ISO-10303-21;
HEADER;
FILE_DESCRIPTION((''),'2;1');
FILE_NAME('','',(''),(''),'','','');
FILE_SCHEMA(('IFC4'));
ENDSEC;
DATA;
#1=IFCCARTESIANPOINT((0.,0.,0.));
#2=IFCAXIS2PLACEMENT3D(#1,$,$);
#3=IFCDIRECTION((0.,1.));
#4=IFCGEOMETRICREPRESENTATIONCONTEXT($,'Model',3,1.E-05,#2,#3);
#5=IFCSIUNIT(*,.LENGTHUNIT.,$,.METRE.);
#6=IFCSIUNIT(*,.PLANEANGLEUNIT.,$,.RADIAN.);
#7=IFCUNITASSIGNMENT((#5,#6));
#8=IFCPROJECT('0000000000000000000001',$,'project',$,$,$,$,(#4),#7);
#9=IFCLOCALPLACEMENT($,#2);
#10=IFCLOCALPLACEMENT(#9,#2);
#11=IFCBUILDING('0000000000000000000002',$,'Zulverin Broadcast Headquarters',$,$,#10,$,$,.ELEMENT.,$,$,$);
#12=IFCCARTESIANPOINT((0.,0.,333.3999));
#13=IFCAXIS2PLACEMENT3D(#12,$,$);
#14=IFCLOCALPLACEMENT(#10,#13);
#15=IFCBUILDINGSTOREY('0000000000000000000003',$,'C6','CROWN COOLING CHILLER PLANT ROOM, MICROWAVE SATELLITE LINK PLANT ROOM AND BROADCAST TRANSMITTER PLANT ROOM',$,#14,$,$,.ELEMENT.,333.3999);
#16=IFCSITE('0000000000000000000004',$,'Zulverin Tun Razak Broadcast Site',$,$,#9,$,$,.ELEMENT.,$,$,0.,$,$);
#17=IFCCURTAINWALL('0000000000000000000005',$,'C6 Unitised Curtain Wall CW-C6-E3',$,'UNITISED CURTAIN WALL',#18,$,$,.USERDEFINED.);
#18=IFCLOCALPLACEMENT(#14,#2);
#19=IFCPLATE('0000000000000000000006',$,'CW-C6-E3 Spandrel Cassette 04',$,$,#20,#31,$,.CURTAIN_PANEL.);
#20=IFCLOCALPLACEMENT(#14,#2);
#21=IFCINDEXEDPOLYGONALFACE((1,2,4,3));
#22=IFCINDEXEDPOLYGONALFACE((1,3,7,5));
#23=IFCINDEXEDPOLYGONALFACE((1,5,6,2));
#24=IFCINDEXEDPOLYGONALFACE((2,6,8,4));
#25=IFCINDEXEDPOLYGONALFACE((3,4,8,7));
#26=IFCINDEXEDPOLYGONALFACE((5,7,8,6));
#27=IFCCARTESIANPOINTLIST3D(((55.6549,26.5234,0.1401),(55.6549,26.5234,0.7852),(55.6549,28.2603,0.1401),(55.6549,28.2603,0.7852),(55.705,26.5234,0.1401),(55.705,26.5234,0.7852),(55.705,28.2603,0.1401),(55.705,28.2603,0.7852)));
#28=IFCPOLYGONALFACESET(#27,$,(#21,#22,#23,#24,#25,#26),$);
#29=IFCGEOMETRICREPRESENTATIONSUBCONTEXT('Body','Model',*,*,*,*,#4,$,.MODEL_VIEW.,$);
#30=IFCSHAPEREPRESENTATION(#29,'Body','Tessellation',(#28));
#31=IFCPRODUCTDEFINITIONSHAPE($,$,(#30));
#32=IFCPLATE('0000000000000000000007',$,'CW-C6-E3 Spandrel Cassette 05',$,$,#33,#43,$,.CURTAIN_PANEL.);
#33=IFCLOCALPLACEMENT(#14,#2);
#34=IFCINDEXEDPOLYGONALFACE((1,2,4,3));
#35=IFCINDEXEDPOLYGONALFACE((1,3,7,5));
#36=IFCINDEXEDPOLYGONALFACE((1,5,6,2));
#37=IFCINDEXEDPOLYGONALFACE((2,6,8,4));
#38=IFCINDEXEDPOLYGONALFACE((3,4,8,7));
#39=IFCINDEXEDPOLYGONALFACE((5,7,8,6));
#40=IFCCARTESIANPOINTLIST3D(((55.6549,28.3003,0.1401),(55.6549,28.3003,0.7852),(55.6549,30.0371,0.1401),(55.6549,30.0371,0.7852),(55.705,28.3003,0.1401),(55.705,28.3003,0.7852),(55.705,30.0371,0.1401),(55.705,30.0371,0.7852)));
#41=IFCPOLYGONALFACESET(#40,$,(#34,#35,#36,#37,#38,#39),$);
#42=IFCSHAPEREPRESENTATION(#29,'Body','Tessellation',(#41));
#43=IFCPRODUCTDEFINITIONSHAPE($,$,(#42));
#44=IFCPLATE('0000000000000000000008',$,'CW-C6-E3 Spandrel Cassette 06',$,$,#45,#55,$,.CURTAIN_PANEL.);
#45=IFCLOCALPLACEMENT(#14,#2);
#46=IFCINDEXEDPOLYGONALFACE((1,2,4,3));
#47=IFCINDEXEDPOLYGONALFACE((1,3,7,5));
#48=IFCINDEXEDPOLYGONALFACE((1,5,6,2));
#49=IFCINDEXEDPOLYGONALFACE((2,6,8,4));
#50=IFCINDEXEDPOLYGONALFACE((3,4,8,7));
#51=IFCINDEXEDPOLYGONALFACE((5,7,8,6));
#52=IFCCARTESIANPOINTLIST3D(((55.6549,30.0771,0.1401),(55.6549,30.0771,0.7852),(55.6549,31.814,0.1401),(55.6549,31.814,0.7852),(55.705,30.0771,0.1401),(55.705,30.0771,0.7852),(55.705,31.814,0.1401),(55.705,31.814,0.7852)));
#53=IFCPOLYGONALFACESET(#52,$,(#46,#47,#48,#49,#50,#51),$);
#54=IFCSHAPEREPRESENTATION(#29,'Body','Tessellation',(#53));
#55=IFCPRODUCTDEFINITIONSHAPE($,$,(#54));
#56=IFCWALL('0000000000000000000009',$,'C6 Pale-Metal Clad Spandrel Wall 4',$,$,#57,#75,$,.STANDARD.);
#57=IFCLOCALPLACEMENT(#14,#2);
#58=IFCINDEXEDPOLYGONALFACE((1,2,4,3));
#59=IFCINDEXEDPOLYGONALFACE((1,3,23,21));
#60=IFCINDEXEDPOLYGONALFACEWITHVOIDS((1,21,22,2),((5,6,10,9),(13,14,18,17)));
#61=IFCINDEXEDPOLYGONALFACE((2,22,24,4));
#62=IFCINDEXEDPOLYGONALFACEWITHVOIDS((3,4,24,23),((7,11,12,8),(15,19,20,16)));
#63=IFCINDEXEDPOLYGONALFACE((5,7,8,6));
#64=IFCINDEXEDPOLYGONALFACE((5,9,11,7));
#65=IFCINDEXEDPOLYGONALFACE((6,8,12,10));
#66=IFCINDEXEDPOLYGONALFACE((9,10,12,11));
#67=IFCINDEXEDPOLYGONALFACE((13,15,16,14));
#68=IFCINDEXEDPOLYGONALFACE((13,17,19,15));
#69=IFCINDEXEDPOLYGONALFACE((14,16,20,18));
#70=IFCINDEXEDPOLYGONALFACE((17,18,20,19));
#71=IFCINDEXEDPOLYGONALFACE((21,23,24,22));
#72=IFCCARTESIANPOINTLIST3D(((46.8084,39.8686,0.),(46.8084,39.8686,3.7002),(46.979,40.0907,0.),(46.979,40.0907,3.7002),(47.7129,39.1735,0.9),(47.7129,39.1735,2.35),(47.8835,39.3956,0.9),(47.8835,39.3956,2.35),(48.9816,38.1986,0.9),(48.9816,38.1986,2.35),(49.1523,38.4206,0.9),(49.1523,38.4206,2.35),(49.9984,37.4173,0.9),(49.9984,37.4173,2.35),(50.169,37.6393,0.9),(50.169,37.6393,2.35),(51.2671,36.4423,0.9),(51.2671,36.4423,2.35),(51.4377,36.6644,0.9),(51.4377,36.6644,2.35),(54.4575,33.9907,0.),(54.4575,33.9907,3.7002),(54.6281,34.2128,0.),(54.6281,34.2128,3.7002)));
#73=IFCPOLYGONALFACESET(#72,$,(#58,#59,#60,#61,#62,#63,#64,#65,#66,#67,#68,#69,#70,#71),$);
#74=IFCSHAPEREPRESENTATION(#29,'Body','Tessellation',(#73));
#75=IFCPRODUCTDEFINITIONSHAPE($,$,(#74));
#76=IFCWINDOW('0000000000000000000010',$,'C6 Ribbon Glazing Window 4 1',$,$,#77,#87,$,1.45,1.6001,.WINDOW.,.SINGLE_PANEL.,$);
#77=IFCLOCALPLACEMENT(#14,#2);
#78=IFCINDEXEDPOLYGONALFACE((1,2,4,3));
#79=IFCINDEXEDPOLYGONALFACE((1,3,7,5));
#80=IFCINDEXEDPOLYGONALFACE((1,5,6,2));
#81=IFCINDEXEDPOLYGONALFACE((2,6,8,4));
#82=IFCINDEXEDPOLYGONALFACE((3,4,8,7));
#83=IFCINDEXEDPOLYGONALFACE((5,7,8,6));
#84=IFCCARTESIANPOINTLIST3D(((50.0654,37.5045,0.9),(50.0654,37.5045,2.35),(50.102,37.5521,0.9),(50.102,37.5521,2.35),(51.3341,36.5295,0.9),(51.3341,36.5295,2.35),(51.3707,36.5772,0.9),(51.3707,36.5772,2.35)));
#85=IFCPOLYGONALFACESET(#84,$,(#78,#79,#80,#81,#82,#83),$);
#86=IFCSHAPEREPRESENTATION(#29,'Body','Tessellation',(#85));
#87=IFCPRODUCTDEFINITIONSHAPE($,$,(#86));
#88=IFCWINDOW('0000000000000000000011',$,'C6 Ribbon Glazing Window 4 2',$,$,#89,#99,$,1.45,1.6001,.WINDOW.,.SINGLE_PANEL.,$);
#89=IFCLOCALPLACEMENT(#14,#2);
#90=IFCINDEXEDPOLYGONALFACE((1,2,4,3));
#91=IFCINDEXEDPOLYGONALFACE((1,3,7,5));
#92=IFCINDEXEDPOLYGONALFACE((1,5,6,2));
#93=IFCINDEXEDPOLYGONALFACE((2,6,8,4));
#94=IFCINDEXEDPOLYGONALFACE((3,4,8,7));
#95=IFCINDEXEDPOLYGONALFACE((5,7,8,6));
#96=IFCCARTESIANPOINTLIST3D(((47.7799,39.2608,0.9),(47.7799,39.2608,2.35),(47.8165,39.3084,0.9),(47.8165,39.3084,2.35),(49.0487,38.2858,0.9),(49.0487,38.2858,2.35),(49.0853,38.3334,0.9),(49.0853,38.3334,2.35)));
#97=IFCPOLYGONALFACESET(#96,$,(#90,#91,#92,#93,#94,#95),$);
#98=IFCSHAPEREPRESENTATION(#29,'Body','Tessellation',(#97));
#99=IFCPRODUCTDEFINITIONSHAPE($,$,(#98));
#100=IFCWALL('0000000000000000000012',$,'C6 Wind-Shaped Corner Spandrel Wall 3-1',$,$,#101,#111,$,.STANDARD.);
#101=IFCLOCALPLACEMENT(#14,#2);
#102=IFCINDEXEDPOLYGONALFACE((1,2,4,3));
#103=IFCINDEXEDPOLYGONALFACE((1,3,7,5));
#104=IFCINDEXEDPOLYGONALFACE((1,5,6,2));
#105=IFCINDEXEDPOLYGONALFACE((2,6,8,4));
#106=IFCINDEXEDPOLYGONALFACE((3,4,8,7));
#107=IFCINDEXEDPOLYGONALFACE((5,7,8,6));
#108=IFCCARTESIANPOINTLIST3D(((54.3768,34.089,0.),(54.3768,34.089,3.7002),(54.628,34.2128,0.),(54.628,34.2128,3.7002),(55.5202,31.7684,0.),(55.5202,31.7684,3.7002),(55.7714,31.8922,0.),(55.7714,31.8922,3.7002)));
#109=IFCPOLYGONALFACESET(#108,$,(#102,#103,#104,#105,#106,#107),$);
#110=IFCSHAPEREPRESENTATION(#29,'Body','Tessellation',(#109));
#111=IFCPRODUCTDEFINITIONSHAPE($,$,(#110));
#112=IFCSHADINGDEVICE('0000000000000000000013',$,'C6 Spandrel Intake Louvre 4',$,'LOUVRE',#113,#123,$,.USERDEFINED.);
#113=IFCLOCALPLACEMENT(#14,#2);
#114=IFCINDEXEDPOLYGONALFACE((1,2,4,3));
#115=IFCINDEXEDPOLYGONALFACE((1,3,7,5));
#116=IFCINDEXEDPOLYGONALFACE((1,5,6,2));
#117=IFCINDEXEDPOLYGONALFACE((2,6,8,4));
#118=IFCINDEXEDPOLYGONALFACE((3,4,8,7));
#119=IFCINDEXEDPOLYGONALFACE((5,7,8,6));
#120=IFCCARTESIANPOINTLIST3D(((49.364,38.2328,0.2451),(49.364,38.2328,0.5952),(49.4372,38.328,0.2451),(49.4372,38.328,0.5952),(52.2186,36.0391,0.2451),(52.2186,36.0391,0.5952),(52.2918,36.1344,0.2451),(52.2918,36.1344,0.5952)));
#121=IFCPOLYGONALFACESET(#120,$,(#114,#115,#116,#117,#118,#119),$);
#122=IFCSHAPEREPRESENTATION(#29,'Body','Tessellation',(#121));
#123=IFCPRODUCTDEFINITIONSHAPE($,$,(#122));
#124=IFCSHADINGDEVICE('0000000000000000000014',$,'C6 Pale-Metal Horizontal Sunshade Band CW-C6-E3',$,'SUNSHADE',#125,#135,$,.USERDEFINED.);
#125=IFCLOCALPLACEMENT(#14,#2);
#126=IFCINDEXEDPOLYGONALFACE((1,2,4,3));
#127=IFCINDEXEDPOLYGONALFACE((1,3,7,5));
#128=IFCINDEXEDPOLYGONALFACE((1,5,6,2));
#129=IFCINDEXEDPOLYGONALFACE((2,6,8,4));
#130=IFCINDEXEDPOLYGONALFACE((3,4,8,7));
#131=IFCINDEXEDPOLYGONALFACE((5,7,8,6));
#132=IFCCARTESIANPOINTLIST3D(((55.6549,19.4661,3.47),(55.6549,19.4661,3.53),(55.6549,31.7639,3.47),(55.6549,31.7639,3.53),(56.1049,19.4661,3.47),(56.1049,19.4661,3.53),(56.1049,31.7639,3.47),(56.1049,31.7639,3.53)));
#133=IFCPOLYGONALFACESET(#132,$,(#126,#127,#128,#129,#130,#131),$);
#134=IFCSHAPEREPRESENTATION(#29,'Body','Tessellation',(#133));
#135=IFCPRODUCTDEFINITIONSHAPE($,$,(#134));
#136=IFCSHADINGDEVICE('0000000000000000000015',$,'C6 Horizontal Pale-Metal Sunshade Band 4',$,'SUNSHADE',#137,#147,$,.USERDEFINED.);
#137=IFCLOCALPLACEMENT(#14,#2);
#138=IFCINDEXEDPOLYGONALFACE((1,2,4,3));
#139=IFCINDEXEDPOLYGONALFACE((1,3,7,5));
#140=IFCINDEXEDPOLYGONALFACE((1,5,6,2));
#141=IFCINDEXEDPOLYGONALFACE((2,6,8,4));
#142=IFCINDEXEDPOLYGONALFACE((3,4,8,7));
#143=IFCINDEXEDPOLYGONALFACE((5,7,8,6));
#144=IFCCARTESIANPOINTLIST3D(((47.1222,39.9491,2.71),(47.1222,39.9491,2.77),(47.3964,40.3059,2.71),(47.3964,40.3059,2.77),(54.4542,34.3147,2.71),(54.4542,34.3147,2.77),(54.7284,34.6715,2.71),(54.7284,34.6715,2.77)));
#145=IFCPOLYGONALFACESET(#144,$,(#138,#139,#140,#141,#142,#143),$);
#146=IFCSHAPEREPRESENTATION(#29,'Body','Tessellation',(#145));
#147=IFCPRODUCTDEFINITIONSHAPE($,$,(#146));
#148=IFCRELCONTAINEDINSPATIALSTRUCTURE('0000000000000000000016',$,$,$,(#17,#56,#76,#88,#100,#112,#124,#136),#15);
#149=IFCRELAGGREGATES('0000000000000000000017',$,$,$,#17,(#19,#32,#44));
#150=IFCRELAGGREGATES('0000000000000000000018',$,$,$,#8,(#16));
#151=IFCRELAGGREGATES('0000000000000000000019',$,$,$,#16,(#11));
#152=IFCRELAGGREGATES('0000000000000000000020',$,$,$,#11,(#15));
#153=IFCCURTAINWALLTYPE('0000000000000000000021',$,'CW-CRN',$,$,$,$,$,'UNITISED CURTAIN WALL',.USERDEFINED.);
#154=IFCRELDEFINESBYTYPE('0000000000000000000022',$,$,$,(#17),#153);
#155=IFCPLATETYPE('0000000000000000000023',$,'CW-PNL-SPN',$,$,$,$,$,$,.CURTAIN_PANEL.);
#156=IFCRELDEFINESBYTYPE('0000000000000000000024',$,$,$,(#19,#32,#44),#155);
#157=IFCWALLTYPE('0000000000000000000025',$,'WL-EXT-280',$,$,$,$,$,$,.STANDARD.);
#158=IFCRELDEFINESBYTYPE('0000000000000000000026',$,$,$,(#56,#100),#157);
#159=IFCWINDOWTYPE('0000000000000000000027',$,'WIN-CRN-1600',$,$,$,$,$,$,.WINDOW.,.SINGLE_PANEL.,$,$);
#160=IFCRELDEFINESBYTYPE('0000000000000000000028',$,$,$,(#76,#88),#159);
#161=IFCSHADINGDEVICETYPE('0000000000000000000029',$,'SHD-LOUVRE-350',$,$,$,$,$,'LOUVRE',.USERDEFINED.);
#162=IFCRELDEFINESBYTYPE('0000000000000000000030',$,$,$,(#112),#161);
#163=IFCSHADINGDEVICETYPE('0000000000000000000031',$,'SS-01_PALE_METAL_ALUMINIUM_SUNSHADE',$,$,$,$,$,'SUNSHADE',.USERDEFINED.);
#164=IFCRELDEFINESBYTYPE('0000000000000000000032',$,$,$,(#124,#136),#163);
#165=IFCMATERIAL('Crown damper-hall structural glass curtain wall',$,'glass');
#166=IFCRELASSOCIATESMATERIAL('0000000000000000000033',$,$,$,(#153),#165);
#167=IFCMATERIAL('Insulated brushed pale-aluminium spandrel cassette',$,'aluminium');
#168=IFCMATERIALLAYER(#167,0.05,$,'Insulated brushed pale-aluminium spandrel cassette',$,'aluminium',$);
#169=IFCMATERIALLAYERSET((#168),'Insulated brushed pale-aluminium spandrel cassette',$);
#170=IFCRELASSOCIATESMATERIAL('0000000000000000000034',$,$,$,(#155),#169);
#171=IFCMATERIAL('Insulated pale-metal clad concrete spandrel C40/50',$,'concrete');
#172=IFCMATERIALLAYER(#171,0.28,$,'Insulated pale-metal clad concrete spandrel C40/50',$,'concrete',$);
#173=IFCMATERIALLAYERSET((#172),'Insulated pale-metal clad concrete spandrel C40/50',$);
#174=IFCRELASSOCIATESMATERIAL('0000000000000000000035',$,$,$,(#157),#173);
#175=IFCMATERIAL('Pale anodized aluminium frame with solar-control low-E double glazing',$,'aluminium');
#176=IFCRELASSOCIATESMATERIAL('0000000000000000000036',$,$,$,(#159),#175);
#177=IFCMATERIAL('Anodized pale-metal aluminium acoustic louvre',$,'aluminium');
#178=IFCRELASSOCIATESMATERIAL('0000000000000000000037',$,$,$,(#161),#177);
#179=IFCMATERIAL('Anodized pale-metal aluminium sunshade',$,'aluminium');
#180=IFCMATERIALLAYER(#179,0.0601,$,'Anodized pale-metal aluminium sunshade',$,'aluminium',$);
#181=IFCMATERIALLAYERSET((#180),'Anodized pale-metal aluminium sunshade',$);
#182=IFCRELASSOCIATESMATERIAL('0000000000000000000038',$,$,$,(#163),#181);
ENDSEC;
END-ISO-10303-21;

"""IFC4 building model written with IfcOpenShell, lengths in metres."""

from ifc_helpers import new_model, si_unit, direction, frame, frame_2d, origin, origin_2d, place, context, subcontext, project, spatial, rectangle, extrude, material, layer, layer_set, type_object, element, fill, aggregate, save


model = new_model("IFC4")

# Units and contexts
model_context = context("Model", 3, precision=1e-05, world=origin(), true_north=direction((0.0, 1.0)))
body_context = subcontext(model_context, "Body", "Model", "MODEL_VIEW")
ifc_project = project(units=[si_unit("LENGTHUNIT", "METRE"), si_unit("PLANEANGLEUNIT", "RADIAN")], contexts=[model_context])

# Site, building, storey
site_placement = place(None, origin())
site = spatial("IfcSite", under=ifc_project, at=site_placement, Name="Zulverin Tun Razak Broadcast Site", CompositionType="ELEMENT", RefElevation=0.0)
building_placement = place(site_placement, origin())
building = spatial("IfcBuilding", under=site, at=building_placement, Name="Zulverin Broadcast Headquarters", CompositionType="ELEMENT")
storey_placement = place(building_placement, frame((0.0, 0.0, 333.3999)))
storey = spatial("IfcBuildingStorey", under=building, at=storey_placement, Name="C6", Description="CROWN COOLING CHILLER PLANT ROOM, MICROWAVE SATELLITE LINK PLANT ROOM AND BROADCAST TRANSMITTER PLANT ROOM", CompositionType="ELEMENT", Elevation=333.3999)

# Curtain wall, plates
ifc_material_1 = material(Name="Crown damper-hall structural glass curtain wall", Category="glass")
curtain_wall_type = type_object("IfcCurtainWallType", Name="CW-CRN", ElementType="UNITISED CURTAIN WALL", PredefinedType="USERDEFINED", material=ifc_material_1)
curtain_wall_placement = place(storey_placement, origin())
curtain_wall = element("IfcCurtainWall", 1, at=curtain_wall_placement, inside=storey, type_object=curtain_wall_type, Name="C6 Unitised Curtain Wall CW-C6-E3", ObjectType="UNITISED CURTAIN WALL", PredefinedType="USERDEFINED")
ifc_material_2 = material(Name="Insulated brushed pale-aluminium spandrel cassette", Category="aluminium")
ifc_layer_1 = layer(ifc_material_2, 0.05, Name="Insulated brushed pale-aluminium spandrel cassette", Category="aluminium")
ifc_layer_set_1 = layer_set([ifc_layer_1], Name="Insulated brushed pale-aluminium spandrel cassette")
plate_type_1 = type_object("IfcPlateType", Name="CW-PNL-SPN", PredefinedType="CURTAIN_PANEL", material=ifc_layer_set_1)
plate_1_placement = place(storey_placement, frame((55.6799, 27.3918, 0.1401), z_axis=(0.0, 0.0, 1.0), x_axis=(0.0, 1.0, 0.0)))
plate_1 = element("IfcPlate", 2, at=plate_1_placement, type_object=plate_type_1, Name="CW-C6-E3 Spandrel Cassette 04", PredefinedType="CURTAIN_PANEL", context=body_context, shape_type="SweptSolid", body=[
    extrude(rectangle(XDim=1.7368, YDim=0.05, at=origin_2d()), origin(), (0.0, 0.0, 1.0), 0.645),
])
plate_2_placement = place(storey_placement, frame((55.6799, 29.1687, 0.1401), z_axis=(0.0, 0.0, 1.0), x_axis=(0.0, 1.0, 0.0)))
plate_2 = element("IfcPlate", 3, at=plate_2_placement, type_object=plate_type_1, Name="CW-C6-E3 Spandrel Cassette 05", PredefinedType="CURTAIN_PANEL", context=body_context, shape_type="SweptSolid", body=[
    extrude(rectangle(XDim=1.7368, YDim=0.05, at=origin_2d()), origin(), (0.0, 0.0, 1.0), 0.645),
])
plate_3_placement = place(storey_placement, frame((55.6799, 30.9456, 0.1401), z_axis=(0.0, 0.0, 1.0), x_axis=(0.0, 1.0, 0.0)))
plate_3 = element("IfcPlate", 4, at=plate_3_placement, type_object=plate_type_1, Name="CW-C6-E3 Spandrel Cassette 06", PredefinedType="CURTAIN_PANEL", context=body_context, shape_type="SweptSolid", body=[
    extrude(rectangle(XDim=1.7368, YDim=0.05, at=origin_2d()), origin(), (0.0, 0.0, 1.0), 0.645),
])
aggregate(curtain_wall, [plate_1, plate_2, plate_3])

# Wall, openings, windows
ifc_material_3 = material(Name="Insulated pale-metal clad concrete spandrel C40/50", Category="concrete")
ifc_layer_2 = layer(ifc_material_3, 0.28, Name="Insulated pale-metal clad concrete spandrel C40/50", Category="concrete")
ifc_layer_set_2 = layer_set([ifc_layer_2], Name="Insulated pale-metal clad concrete spandrel C40/50")
wall_type = type_object("IfcWallType", Name="WL-EXT-280", PredefinedType="STANDARD", material=ifc_layer_set_2)
wall_1_placement = place(storey_placement, frame((54.5427, 34.1018, 0.0), z_axis=(0.0, 0.0, 1.0), x_axis=(-0.792927, 0.609317, 0.0)))
wall_1 = element("IfcWall", 5, at=wall_1_placement, inside=storey, type_object=wall_type, Name="C6 Pale-Metal Clad Spandrel Wall 4", PredefinedType="STANDARD", context=body_context, shape_type="SweptSolid", body=[
    extrude(rectangle(XDim=9.6467, YDim=0.28, at=frame_2d((4.8232, 0.0))), origin(), (0.0, 0.0, 1.0), 3.7002),
])
opening_1_placement = place(wall_1_placement, frame((4.0234, 0.0, 0.8999)))
opening_1 = element("IfcOpeningElement", 6, at=opening_1_placement, cuts=wall_1, PredefinedType="OPENING", context=body_context, shape_type="SweptSolid", body=[
    extrude(rectangle(XDim=1.6001, YDim=1.45, at=frame_2d((0.8, 0.7251))), frame((0.0, 0.1499, 0.0), z_axis=(0.0, -1.0, 0.0), x_axis=(1.0, 0.0, 0.0)), (0.0, 0.0, 1.0), 0.3),
])
opening_2_placement = place(wall_1_placement, frame((6.9058, 0.0, 0.8999)))
opening_2 = element("IfcOpeningElement", 7, at=opening_2_placement, cuts=wall_1, PredefinedType="OPENING", context=body_context, shape_type="SweptSolid", body=[
    extrude(rectangle(XDim=1.6001, YDim=1.45, at=frame_2d((0.8, 0.7251))), frame((0.0, 0.1499, 0.0), z_axis=(0.0, -1.0, 0.0), x_axis=(1.0, 0.0, 0.0)), (0.0, 0.0, 1.0), 0.3),
])
ifc_material_4 = material(Name="Pale anodized aluminium frame with solar-control low-E double glazing", Category="aluminium")
window_type = type_object("IfcWindowType", Name="WIN-CRN-1600", PartitioningType="SINGLE_PANEL", PredefinedType="WINDOW", material=ifc_material_4)
window_1_placement = place(opening_1_placement, origin())
window_1 = element("IfcWindow", 8, at=window_1_placement, inside=storey, type_object=window_type, Name="C6 Ribbon Glazing Window 4 1", OverallHeight=1.45, OverallWidth=1.6001, PartitioningType="SINGLE_PANEL", PredefinedType="WINDOW", context=body_context, shape_type="SweptSolid", body=[
    extrude(rectangle(XDim=1.6001, YDim=1.45, at=frame_2d((0.8, 0.7251))), frame((0.0, 0.03, 0.0), z_axis=(0.0, -1.0, 0.0), x_axis=(1.0, 0.0, 0.0)), (0.0, 0.0, 1.0), 0.0601),
])
fill(opening_1, window_1)
window_2_placement = place(opening_2_placement, origin())
window_2 = element("IfcWindow", 9, at=window_2_placement, inside=storey, type_object=window_type, Name="C6 Ribbon Glazing Window 4 2", OverallHeight=1.45, OverallWidth=1.6001, PartitioningType="SINGLE_PANEL", PredefinedType="WINDOW", context=body_context, shape_type="SweptSolid", body=[
    extrude(rectangle(XDim=1.6001, YDim=1.45, at=frame_2d((0.8, 0.7251))), frame((0.0, 0.03, 0.0), z_axis=(0.0, -1.0, 0.0), x_axis=(1.0, 0.0, 0.0)), (0.0, 0.0, 1.0), 0.0601),
])
fill(opening_2, window_2)

# Wall
wall_2_placement = place(storey_placement, frame((55.6458, 31.8303, 0.0), z_axis=(0.0, 0.0, 1.0), x_axis=(-0.441959, 0.897035, 0.0)))
element("IfcWall", 10, at=wall_2_placement, inside=storey, type_object=wall_type, Name="C6 Wind-Shaped Corner Spandrel Wall 3-1", PredefinedType="STANDARD", context=body_context, shape_type="SweptSolid", body=[
    extrude(rectangle(XDim=2.5869, YDim=0.28, at=frame_2d((1.2935, 0.0))), origin(), (0.0, 0.0, 1.0), 3.7002),
])

# Shading devices
ifc_material_5 = material(Name="Anodized pale-metal aluminium acoustic louvre", Category="aluminium")
shading_device_type_1 = type_object("IfcShadingDeviceType", Name="SHD-LOUVRE-350", ElementType="LOUVRE", PredefinedType="USERDEFINED", material=ifc_material_5)
shading_device_1_placement = place(storey_placement, frame((50.8279, 37.1836, 0.2451), z_axis=(0.0, 0.0, 1.0), x_axis=(-0.792915, 0.609332, 0.0)))
element("IfcShadingDevice", 11, at=shading_device_1_placement, inside=storey, type_object=shading_device_type_1, Name="C6 Spandrel Intake Louvre 4", ObjectType="LOUVRE", PredefinedType="USERDEFINED", context=body_context, shape_type="SweptSolid", body=[
    extrude(rectangle(XDim=3.6001, YDim=0.1201, at=origin_2d()), origin(), (0.0, 0.0, 1.0), 0.3501),
])
ifc_material_6 = material(Name="Anodized pale-metal aluminium sunshade", Category="aluminium")
ifc_layer_3 = layer(ifc_material_6, 0.0601, Name="Anodized pale-metal aluminium sunshade", Category="aluminium")
ifc_layer_set_3 = layer_set([ifc_layer_3], Name="Anodized pale-metal aluminium sunshade")
shading_device_type_2 = type_object("IfcShadingDeviceType", Name="SS-01_PALE_METAL_ALUMINIUM_SUNSHADE", ElementType="SUNSHADE", PredefinedType="USERDEFINED", material=ifc_layer_set_3)
shading_device_2_placement = place(storey_placement, frame((55.8799, 25.615, 3.47), z_axis=(0.0, 0.0, 1.0), x_axis=(0.0, 1.0, 0.0)))
element("IfcShadingDevice", 12, at=shading_device_2_placement, inside=storey, type_object=shading_device_type_2, Name="C6 Pale-Metal Horizontal Sunshade Band CW-C6-E3", ObjectType="SUNSHADE", PredefinedType="USERDEFINED", context=body_context, shape_type="SweptSolid", body=[
    extrude(rectangle(XDim=12.2979, YDim=0.45, at=origin_2d()), origin(), (0.0, 0.0, 1.0), 0.0601),
])
shading_device_3_placement = place(storey_placement, frame((50.9253, 37.3103, 2.71), z_axis=(0.0, 0.0, 1.0), x_axis=(-0.792915, 0.609332, 0.0)))
element("IfcShadingDevice", 13, at=shading_device_3_placement, inside=storey, type_object=shading_device_type_2, Name="C6 Horizontal Pale-Metal Sunshade Band 4", ObjectType="SUNSHADE", PredefinedType="USERDEFINED", context=body_context, shape_type="SweptSolid", body=[
    extrude(rectangle(XDim=9.2468, YDim=0.45, at=origin_2d()), origin(), (0.0, 0.0, 1.0), 0.0601),
])

save(model, "model.ifc")
